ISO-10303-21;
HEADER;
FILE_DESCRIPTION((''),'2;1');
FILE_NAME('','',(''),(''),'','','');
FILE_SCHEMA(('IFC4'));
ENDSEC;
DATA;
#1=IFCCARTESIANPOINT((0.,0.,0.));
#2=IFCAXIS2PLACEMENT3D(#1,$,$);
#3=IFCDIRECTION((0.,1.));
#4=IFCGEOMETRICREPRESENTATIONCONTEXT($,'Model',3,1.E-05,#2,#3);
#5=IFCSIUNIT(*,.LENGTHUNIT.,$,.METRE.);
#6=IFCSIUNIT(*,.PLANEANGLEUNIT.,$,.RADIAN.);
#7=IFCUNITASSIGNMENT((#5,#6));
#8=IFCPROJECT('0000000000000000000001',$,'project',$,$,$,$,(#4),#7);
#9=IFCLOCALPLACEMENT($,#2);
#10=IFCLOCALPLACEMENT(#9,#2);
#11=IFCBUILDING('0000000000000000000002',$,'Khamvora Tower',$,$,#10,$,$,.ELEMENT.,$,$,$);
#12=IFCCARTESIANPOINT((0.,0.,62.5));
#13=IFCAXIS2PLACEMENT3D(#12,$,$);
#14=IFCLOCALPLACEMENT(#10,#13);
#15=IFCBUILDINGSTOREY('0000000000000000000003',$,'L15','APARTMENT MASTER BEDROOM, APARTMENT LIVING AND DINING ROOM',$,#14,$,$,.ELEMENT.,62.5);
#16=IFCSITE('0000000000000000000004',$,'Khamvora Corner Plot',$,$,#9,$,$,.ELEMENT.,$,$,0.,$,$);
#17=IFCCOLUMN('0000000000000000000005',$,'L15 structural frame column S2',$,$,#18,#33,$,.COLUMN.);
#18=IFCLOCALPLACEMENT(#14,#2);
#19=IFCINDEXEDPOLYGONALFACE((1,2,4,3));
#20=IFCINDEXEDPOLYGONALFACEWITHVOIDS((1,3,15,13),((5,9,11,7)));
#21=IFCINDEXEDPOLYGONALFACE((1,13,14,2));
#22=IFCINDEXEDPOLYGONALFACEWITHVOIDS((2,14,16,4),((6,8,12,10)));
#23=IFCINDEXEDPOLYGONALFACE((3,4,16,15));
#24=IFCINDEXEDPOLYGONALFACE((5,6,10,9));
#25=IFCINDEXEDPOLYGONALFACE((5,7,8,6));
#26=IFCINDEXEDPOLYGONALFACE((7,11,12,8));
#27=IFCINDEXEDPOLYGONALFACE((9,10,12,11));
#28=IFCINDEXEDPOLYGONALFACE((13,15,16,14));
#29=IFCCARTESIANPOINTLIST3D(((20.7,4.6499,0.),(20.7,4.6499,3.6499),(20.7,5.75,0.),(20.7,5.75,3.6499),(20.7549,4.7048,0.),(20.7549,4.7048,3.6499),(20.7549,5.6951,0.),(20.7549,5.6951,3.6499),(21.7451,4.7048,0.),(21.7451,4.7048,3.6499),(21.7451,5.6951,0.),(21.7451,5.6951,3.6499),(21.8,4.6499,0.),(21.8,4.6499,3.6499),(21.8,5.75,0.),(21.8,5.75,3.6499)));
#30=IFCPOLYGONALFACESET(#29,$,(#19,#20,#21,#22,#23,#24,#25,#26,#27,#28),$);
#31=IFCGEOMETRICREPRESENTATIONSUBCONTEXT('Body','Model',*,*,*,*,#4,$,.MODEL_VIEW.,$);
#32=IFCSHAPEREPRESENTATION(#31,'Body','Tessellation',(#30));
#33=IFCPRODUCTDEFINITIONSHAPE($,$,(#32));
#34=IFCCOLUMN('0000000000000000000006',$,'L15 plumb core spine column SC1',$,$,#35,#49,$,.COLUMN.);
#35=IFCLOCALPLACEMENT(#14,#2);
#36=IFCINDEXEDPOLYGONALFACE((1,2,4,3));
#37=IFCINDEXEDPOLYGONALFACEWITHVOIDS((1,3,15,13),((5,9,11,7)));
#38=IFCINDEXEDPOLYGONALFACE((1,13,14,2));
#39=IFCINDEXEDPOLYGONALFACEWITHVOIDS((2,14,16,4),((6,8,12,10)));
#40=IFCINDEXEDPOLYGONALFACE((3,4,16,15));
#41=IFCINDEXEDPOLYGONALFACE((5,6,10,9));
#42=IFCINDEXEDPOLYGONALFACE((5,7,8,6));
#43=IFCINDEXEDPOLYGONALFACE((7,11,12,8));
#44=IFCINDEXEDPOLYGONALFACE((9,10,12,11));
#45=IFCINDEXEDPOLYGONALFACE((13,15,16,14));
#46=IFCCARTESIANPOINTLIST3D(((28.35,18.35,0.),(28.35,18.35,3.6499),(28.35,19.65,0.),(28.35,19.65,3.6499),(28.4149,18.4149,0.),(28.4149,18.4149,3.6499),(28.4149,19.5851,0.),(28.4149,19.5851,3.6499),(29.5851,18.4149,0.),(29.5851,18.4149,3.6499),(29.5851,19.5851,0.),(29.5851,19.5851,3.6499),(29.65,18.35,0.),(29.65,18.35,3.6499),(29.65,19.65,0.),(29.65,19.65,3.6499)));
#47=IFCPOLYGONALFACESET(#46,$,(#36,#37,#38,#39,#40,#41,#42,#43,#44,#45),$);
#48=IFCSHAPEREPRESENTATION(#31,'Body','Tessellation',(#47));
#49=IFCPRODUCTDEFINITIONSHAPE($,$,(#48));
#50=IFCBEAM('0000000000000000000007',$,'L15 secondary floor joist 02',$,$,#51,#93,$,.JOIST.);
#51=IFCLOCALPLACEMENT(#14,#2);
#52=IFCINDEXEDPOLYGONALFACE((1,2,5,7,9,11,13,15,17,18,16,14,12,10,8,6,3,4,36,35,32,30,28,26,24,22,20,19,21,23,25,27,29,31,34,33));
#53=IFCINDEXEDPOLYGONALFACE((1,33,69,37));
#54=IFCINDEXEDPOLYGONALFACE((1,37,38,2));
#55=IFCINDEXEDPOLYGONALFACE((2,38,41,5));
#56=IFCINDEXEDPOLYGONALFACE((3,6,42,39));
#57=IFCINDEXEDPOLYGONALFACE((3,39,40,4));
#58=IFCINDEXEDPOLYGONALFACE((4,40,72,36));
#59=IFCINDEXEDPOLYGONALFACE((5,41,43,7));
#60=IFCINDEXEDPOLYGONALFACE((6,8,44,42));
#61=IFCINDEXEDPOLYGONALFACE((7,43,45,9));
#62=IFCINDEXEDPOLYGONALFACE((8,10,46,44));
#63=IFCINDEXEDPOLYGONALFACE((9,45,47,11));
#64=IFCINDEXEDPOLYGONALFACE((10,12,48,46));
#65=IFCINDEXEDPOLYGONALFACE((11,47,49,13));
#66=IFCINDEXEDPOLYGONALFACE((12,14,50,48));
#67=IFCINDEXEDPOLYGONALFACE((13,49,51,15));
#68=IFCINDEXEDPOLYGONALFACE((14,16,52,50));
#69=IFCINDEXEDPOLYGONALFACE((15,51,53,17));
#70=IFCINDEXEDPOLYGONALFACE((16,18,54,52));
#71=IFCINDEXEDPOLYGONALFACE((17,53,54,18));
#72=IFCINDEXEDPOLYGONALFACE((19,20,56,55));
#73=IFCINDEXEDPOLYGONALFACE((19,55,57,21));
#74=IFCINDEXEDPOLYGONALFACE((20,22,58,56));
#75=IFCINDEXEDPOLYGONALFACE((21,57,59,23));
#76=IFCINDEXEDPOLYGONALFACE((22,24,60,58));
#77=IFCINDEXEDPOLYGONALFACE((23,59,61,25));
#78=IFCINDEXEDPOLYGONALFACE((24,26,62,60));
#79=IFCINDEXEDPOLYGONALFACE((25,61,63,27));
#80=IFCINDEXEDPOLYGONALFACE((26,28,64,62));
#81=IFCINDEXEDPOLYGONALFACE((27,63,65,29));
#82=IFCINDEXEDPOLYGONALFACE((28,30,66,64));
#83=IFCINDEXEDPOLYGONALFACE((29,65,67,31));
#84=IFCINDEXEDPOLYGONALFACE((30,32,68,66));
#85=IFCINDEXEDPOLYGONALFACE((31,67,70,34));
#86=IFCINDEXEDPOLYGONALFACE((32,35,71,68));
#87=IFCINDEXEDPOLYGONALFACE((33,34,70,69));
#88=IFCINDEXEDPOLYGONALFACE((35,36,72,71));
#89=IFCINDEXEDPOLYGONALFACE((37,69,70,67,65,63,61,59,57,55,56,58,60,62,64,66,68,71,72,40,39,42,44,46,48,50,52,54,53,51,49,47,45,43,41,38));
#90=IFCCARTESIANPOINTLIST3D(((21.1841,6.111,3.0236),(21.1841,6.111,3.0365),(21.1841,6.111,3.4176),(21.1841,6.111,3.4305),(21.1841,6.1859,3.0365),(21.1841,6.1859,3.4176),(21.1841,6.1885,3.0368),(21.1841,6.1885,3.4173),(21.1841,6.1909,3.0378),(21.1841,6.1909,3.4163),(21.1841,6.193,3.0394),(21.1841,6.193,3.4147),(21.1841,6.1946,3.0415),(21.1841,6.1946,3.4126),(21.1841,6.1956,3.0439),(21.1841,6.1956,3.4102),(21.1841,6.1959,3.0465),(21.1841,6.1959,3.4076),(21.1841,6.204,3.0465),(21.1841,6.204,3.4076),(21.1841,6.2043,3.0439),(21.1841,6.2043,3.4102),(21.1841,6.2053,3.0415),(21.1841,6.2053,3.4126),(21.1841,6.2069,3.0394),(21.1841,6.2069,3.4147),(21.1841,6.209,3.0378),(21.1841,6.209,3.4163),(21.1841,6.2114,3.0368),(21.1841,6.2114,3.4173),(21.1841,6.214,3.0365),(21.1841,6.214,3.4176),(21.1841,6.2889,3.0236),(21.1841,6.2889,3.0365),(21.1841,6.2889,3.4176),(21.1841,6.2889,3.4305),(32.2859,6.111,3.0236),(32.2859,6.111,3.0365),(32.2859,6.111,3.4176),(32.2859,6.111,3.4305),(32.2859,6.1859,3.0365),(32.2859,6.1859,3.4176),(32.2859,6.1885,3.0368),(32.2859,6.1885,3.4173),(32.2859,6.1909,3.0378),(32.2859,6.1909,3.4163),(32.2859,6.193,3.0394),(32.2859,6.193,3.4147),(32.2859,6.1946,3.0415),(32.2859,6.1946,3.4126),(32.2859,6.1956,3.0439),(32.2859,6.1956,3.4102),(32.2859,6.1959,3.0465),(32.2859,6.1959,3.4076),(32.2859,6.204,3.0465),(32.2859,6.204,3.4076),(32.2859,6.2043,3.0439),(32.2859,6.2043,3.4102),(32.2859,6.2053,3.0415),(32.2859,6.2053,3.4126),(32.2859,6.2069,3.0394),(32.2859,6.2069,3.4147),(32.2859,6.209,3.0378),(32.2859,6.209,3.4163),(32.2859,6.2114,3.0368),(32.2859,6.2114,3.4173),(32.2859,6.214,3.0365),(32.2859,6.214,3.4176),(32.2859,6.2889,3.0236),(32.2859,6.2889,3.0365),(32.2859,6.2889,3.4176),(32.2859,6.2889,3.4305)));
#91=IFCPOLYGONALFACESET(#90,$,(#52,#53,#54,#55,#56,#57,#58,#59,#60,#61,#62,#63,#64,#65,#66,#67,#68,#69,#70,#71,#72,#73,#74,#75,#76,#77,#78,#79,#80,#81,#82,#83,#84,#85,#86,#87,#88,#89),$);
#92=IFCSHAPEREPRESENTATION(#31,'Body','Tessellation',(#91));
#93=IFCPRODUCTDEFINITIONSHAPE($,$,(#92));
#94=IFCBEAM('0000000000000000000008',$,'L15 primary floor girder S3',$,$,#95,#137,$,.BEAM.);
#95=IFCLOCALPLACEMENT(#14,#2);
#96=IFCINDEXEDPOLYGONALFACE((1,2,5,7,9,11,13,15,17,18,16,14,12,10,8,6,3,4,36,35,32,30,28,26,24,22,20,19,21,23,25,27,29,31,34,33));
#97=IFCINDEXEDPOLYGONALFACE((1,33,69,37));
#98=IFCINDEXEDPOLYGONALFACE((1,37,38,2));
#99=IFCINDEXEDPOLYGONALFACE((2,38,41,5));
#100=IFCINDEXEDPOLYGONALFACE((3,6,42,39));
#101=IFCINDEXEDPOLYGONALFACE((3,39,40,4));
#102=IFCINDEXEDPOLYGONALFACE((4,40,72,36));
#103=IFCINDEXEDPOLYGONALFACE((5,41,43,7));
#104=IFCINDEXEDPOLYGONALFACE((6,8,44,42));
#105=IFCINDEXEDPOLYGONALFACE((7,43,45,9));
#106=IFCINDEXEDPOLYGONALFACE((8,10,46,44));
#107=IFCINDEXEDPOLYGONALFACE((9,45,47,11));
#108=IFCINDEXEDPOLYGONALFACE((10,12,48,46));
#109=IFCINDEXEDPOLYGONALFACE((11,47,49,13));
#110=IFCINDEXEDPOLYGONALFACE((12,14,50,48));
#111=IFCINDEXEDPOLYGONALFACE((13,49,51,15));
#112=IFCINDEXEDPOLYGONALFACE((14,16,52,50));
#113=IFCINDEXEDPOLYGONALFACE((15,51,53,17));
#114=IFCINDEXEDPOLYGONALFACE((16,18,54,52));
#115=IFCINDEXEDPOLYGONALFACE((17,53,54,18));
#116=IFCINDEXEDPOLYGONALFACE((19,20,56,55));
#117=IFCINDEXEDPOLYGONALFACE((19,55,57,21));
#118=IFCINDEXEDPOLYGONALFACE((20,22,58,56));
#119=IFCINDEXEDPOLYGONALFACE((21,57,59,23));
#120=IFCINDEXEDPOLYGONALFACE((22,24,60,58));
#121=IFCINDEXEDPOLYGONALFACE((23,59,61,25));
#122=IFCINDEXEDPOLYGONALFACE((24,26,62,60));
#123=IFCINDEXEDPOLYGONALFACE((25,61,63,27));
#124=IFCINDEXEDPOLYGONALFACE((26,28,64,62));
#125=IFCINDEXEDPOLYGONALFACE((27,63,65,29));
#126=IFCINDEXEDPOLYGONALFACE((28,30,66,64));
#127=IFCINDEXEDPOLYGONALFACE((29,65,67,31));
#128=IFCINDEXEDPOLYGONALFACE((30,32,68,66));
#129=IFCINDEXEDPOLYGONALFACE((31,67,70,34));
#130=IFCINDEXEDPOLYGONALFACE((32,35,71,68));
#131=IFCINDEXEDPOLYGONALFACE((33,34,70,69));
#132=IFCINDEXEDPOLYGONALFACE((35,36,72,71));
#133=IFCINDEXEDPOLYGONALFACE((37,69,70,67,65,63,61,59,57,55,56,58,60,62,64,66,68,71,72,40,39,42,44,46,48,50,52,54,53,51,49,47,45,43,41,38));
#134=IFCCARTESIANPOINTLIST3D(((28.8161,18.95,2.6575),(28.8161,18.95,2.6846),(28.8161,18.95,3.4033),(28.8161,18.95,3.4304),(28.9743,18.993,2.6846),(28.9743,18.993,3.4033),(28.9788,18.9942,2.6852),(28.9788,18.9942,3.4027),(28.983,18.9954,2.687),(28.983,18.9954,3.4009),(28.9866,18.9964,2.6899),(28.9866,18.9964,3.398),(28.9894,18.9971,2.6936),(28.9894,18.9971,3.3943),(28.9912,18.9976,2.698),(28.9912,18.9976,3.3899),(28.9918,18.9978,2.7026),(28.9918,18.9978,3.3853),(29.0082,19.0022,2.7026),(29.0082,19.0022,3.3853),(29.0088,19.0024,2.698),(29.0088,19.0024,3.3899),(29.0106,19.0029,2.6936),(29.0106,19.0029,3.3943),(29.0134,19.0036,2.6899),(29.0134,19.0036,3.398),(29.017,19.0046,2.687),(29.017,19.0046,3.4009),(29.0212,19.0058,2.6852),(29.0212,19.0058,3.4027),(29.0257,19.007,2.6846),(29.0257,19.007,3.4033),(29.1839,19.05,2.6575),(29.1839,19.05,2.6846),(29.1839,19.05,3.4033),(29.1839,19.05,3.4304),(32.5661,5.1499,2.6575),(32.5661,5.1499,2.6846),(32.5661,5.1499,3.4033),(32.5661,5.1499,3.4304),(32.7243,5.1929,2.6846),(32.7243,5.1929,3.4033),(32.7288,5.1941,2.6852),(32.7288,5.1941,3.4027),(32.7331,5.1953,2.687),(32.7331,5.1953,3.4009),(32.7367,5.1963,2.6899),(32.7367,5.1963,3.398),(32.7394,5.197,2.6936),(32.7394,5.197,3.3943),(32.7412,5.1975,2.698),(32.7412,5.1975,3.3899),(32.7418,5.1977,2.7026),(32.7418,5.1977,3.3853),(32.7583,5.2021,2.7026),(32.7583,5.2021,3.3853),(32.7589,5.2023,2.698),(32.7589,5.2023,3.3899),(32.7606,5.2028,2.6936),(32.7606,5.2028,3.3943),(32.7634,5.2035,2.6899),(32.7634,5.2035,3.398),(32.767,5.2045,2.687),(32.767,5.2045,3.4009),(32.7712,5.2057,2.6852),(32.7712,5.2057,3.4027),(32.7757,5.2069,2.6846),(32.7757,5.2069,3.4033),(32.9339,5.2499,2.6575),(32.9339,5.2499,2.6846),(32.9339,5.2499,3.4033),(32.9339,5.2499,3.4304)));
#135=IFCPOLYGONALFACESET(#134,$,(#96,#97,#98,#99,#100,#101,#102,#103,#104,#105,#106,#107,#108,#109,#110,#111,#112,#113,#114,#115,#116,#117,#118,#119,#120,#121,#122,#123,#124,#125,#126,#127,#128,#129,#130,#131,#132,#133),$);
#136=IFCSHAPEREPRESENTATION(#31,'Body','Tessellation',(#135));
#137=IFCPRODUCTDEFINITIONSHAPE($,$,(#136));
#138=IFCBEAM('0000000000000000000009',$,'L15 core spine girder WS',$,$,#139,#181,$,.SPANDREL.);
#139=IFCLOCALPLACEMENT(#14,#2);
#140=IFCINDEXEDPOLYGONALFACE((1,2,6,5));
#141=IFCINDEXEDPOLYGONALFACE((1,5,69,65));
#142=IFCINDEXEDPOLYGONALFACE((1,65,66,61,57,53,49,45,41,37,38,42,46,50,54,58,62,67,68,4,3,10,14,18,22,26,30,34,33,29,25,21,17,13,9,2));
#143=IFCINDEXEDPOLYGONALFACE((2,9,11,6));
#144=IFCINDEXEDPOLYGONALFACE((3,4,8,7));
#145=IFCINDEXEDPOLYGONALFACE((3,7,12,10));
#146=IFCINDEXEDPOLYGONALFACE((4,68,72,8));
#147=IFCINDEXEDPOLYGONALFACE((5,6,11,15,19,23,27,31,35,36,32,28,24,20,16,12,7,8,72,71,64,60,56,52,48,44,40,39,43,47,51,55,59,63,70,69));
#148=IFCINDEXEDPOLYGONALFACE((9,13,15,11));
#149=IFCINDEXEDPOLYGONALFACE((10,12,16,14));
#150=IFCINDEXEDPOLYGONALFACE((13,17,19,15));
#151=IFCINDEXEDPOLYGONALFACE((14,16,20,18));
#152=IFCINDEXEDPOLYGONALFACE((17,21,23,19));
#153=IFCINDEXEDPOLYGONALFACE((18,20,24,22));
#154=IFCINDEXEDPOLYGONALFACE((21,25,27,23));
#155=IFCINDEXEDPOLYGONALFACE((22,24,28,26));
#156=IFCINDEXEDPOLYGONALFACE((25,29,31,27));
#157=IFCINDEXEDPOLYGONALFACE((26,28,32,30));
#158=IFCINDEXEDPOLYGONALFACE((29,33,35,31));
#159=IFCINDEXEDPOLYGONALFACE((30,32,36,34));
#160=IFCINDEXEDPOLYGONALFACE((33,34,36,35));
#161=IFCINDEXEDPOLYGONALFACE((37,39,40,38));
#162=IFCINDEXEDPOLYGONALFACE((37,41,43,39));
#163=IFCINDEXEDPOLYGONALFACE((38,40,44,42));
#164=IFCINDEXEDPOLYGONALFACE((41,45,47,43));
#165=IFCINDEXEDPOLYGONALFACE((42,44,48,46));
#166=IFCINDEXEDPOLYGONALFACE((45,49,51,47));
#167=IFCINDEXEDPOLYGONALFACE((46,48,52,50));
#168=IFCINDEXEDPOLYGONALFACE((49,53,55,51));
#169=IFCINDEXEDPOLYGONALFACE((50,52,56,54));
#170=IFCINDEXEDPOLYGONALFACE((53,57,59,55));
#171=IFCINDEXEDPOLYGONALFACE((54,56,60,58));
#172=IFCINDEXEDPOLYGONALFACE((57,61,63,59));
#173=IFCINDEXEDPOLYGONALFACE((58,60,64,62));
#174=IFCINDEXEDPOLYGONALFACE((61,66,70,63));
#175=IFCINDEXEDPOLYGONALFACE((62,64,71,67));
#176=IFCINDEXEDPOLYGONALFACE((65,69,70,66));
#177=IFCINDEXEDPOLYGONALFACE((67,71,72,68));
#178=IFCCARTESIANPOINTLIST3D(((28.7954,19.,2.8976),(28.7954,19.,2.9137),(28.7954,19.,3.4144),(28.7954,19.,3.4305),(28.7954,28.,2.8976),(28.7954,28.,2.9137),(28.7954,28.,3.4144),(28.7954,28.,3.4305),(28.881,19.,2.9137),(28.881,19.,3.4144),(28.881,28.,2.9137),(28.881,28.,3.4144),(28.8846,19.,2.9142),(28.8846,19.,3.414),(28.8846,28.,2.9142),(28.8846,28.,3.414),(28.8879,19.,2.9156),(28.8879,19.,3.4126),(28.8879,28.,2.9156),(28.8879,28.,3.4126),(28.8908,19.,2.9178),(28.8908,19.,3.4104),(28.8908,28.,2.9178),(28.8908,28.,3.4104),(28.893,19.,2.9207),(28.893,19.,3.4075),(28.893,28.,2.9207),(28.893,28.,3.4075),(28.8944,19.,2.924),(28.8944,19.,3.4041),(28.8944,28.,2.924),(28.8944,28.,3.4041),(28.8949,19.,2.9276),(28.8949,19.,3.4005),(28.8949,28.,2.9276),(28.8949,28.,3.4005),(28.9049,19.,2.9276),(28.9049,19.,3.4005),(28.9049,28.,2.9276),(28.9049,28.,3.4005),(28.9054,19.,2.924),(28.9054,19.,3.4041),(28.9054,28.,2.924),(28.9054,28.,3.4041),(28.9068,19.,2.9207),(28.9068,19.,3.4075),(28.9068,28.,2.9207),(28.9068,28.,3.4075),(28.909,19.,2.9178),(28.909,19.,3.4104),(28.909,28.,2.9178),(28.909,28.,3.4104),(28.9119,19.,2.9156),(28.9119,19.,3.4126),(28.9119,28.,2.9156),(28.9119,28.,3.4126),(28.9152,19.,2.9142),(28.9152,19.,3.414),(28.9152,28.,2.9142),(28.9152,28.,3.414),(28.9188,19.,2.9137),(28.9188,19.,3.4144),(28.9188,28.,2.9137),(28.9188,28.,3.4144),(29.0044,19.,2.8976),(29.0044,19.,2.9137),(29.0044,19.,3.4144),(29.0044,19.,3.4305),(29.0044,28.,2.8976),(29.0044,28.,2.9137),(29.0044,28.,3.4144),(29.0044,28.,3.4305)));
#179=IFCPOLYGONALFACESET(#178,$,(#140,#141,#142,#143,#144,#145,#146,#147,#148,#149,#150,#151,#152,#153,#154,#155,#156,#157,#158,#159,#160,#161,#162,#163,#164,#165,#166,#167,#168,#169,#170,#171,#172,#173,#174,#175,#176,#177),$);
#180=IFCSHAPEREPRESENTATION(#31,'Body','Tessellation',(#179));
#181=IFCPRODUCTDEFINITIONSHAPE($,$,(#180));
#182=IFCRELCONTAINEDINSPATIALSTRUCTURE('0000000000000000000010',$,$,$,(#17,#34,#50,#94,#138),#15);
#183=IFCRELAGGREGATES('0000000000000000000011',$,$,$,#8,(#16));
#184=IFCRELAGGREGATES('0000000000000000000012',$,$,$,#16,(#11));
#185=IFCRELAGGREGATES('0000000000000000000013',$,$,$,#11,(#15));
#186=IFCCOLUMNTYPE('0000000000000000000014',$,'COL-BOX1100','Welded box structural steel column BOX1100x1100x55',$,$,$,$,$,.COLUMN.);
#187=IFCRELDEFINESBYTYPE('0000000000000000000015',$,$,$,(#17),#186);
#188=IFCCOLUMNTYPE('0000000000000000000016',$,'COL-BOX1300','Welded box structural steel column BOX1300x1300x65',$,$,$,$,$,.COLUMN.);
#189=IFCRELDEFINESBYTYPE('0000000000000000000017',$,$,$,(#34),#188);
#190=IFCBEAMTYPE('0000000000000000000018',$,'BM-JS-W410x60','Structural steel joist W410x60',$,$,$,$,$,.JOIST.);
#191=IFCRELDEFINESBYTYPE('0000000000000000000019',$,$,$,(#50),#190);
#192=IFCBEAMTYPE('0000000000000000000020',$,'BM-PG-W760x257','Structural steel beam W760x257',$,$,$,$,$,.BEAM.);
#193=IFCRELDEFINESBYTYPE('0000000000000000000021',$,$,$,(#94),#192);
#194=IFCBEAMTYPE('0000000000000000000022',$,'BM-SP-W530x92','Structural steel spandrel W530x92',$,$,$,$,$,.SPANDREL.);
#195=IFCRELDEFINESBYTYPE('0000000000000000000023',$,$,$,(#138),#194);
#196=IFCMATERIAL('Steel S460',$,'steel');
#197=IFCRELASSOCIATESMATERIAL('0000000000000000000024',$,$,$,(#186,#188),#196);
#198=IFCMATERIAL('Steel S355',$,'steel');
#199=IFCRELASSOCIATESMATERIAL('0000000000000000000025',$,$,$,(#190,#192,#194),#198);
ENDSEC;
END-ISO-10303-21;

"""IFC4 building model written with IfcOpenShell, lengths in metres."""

from ifc_helpers import new_model, si_unit, direction, frame, origin, origin_2d, place, context, subcontext, project, spatial, hollow_rectangle, i_section, extrude, material, material_profile, profile_set, type_object, element, save


model = new_model("IFC4")

# Units and contexts
model_context = context("Model", 3, precision=1e-05, world=origin(), true_north=direction((0.0, 1.0)))
body_context = subcontext(model_context, "Body", "Model", "MODEL_VIEW")
ifc_project = project(units=[si_unit("LENGTHUNIT", "METRE"), si_unit("PLANEANGLEUNIT", "RADIAN")], contexts=[model_context])

# Site, building, storey
site_placement = place(None, origin())
site = spatial("IfcSite", under=ifc_project, at=site_placement, Name="Khamvora Corner Plot", CompositionType="ELEMENT", RefElevation=0.0)
building_placement = place(site_placement, origin())
building = spatial("IfcBuilding", under=site, at=building_placement, Name="Khamvora Tower", CompositionType="ELEMENT")
storey_placement = place(building_placement, frame((0.0, 0.0, 62.5)))
storey = spatial("IfcBuildingStorey", under=building, at=storey_placement, Name="L15", Description="APARTMENT MASTER BEDROOM, APARTMENT LIVING AND DINING ROOM", CompositionType="ELEMENT", Elevation=62.5)

# Columns
ifc_material_1 = material(Name="Steel S460", Category="steel")
ifc_material_profile_1 = material_profile(ifc_material_1, hollow_rectangle(XDim=1.1001, YDim=1.1001, WallThickness=0.0549, at=origin_2d()), Name="BOX1100x1100x55")
ifc_profile_set_1 = profile_set([ifc_material_profile_1], Name="Steel S460")
column_type_1 = type_object("IfcColumnType", Name="COL-BOX1100", Description="Welded box structural steel column BOX1100x1100x55", PredefinedType="COLUMN", material=ifc_profile_set_1)
column_1_placement = place(storey_placement, frame((21.25, 5.2, 0.0), z_axis=(0.0, 0.0, 1.0), x_axis=(1.0, 0.0, 0.0)))
element("IfcColumn", 1, at=column_1_placement, inside=storey, type_object=column_type_1, Name="L15 structural frame column S2", PredefinedType="COLUMN", context=body_context, shape_type="SweptSolid", body=[
    extrude(hollow_rectangle(XDim=1.1001, YDim=1.1001, WallThickness=0.0549, at=origin_2d()), origin(), (0.0, 0.0, 1.0), 3.6499),
])
ifc_material_profile_2 = material_profile(ifc_material_1, hollow_rectangle(XDim=1.3, YDim=1.3, WallThickness=0.0649, at=origin_2d()), Name="BOX1300x1300x65")
ifc_profile_set_2 = profile_set([ifc_material_profile_2], Name="Steel S460")
column_type_2 = type_object("IfcColumnType", Name="COL-BOX1300", Description="Welded box structural steel column BOX1300x1300x65", PredefinedType="COLUMN", material=ifc_profile_set_2)
column_2_placement = place(storey_placement, frame((29.0, 19.0, 0.0), z_axis=(0.0, 0.0, 1.0), x_axis=(1.0, 0.0, 0.0)))
element("IfcColumn", 2, at=column_2_placement, inside=storey, type_object=column_type_2, Name="L15 plumb core spine column SC1", PredefinedType="COLUMN", context=body_context, shape_type="SweptSolid", body=[
    extrude(hollow_rectangle(XDim=1.3, YDim=1.3, WallThickness=0.0649, at=origin_2d()), origin(), (0.0, 0.0, 1.0), 3.6499),
])

# Beams
ifc_material_2 = material(Name="Steel S355", Category="steel")
ifc_material_profile_3 = material_profile(ifc_material_2, i_section(OverallWidth=0.178, OverallDepth=0.407, WebThickness=0.0081, FlangeThickness=0.0129, FilletRadius=0.01, at=origin_2d()), Name="W410x60")
ifc_profile_set_3 = profile_set([ifc_material_profile_3], Name="Steel S355")
beam_type_1 = type_object("IfcBeamType", Name="BM-JS-W410x60", Description="Structural steel joist W410x60", PredefinedType="JOIST", material=ifc_profile_set_3)
beam_1_placement = place(storey_placement, frame((21.1841, 6.2, 3.2271), z_axis=(1.0, 0.0, 0.0), x_axis=(0.0, 1.0, 0.0)))
element("IfcBeam", 3, at=beam_1_placement, inside=storey, type_object=beam_type_1, Name="L15 secondary floor joist 02", PredefinedType="JOIST", context=body_context, shape_type="SweptSolid", body=[
    extrude(i_section(OverallWidth=0.178, OverallDepth=0.407, WebThickness=0.0081, FlangeThickness=0.0129, FilletRadius=0.01, at=origin_2d()), origin(), (0.0, 0.0, 1.0), 11.1018),
])
ifc_material_profile_4 = material_profile(ifc_material_2, i_section(OverallWidth=0.3811, OverallDepth=0.7729, WebThickness=0.0171, FlangeThickness=0.0271, FilletRadius=0.0181, at=origin_2d()), Name="W760x257")
ifc_profile_set_4 = profile_set([ifc_material_profile_4], Name="Steel S355")
beam_type_2 = type_object("IfcBeamType", Name="BM-PG-W760x257", Description="Structural steel beam W760x257", PredefinedType="BEAM", material=ifc_profile_set_4)
beam_2_placement = place(storey_placement, frame((29.0, 19.0, 3.0439), z_axis=(0.262229, -0.965006, 0.0), x_axis=(0.965006, 0.262229, 0.0)))
element("IfcBeam", 4, at=beam_2_placement, inside=storey, type_object=beam_type_2, Name="L15 primary floor girder S3", PredefinedType="BEAM", context=body_context, shape_type="SweptSolid", body=[
    extrude(i_section(OverallWidth=0.3811, OverallDepth=0.7729, WebThickness=0.0171, FlangeThickness=0.0271, FilletRadius=0.0181, at=origin_2d()), origin(), (0.0, 0.0, 1.0), 14.3005),
])
ifc_material_profile_5 = material_profile(ifc_material_2, i_section(OverallWidth=0.209, OverallDepth=0.533, WebThickness=0.01, FlangeThickness=0.0161, FilletRadius=0.0139, at=origin_2d()), Name="W530x92")
ifc_profile_set_5 = profile_set([ifc_material_profile_5], Name="Steel S355")
beam_type_3 = type_object("IfcBeamType", Name="BM-SP-W530x92", Description="Structural steel spandrel W530x92", PredefinedType="SPANDREL", material=ifc_profile_set_5)
beam_3_placement = place(storey_placement, frame((28.8999, 19.0, 3.1641), z_axis=(0.0, 1.0, 0.0), x_axis=(-1.0, 0.0, 0.0)))
element("IfcBeam", 5, at=beam_3_placement, inside=storey, type_object=beam_type_3, Name="L15 core spine girder WS", PredefinedType="SPANDREL", context=body_context, shape_type="SweptSolid", body=[
    extrude(i_section(OverallWidth=0.209, OverallDepth=0.533, WebThickness=0.01, FlangeThickness=0.0161, FilletRadius=0.0139, at=origin_2d()), origin(), (0.0, 0.0, 1.0), 9.0),
])

save(model, "model.ifc")
